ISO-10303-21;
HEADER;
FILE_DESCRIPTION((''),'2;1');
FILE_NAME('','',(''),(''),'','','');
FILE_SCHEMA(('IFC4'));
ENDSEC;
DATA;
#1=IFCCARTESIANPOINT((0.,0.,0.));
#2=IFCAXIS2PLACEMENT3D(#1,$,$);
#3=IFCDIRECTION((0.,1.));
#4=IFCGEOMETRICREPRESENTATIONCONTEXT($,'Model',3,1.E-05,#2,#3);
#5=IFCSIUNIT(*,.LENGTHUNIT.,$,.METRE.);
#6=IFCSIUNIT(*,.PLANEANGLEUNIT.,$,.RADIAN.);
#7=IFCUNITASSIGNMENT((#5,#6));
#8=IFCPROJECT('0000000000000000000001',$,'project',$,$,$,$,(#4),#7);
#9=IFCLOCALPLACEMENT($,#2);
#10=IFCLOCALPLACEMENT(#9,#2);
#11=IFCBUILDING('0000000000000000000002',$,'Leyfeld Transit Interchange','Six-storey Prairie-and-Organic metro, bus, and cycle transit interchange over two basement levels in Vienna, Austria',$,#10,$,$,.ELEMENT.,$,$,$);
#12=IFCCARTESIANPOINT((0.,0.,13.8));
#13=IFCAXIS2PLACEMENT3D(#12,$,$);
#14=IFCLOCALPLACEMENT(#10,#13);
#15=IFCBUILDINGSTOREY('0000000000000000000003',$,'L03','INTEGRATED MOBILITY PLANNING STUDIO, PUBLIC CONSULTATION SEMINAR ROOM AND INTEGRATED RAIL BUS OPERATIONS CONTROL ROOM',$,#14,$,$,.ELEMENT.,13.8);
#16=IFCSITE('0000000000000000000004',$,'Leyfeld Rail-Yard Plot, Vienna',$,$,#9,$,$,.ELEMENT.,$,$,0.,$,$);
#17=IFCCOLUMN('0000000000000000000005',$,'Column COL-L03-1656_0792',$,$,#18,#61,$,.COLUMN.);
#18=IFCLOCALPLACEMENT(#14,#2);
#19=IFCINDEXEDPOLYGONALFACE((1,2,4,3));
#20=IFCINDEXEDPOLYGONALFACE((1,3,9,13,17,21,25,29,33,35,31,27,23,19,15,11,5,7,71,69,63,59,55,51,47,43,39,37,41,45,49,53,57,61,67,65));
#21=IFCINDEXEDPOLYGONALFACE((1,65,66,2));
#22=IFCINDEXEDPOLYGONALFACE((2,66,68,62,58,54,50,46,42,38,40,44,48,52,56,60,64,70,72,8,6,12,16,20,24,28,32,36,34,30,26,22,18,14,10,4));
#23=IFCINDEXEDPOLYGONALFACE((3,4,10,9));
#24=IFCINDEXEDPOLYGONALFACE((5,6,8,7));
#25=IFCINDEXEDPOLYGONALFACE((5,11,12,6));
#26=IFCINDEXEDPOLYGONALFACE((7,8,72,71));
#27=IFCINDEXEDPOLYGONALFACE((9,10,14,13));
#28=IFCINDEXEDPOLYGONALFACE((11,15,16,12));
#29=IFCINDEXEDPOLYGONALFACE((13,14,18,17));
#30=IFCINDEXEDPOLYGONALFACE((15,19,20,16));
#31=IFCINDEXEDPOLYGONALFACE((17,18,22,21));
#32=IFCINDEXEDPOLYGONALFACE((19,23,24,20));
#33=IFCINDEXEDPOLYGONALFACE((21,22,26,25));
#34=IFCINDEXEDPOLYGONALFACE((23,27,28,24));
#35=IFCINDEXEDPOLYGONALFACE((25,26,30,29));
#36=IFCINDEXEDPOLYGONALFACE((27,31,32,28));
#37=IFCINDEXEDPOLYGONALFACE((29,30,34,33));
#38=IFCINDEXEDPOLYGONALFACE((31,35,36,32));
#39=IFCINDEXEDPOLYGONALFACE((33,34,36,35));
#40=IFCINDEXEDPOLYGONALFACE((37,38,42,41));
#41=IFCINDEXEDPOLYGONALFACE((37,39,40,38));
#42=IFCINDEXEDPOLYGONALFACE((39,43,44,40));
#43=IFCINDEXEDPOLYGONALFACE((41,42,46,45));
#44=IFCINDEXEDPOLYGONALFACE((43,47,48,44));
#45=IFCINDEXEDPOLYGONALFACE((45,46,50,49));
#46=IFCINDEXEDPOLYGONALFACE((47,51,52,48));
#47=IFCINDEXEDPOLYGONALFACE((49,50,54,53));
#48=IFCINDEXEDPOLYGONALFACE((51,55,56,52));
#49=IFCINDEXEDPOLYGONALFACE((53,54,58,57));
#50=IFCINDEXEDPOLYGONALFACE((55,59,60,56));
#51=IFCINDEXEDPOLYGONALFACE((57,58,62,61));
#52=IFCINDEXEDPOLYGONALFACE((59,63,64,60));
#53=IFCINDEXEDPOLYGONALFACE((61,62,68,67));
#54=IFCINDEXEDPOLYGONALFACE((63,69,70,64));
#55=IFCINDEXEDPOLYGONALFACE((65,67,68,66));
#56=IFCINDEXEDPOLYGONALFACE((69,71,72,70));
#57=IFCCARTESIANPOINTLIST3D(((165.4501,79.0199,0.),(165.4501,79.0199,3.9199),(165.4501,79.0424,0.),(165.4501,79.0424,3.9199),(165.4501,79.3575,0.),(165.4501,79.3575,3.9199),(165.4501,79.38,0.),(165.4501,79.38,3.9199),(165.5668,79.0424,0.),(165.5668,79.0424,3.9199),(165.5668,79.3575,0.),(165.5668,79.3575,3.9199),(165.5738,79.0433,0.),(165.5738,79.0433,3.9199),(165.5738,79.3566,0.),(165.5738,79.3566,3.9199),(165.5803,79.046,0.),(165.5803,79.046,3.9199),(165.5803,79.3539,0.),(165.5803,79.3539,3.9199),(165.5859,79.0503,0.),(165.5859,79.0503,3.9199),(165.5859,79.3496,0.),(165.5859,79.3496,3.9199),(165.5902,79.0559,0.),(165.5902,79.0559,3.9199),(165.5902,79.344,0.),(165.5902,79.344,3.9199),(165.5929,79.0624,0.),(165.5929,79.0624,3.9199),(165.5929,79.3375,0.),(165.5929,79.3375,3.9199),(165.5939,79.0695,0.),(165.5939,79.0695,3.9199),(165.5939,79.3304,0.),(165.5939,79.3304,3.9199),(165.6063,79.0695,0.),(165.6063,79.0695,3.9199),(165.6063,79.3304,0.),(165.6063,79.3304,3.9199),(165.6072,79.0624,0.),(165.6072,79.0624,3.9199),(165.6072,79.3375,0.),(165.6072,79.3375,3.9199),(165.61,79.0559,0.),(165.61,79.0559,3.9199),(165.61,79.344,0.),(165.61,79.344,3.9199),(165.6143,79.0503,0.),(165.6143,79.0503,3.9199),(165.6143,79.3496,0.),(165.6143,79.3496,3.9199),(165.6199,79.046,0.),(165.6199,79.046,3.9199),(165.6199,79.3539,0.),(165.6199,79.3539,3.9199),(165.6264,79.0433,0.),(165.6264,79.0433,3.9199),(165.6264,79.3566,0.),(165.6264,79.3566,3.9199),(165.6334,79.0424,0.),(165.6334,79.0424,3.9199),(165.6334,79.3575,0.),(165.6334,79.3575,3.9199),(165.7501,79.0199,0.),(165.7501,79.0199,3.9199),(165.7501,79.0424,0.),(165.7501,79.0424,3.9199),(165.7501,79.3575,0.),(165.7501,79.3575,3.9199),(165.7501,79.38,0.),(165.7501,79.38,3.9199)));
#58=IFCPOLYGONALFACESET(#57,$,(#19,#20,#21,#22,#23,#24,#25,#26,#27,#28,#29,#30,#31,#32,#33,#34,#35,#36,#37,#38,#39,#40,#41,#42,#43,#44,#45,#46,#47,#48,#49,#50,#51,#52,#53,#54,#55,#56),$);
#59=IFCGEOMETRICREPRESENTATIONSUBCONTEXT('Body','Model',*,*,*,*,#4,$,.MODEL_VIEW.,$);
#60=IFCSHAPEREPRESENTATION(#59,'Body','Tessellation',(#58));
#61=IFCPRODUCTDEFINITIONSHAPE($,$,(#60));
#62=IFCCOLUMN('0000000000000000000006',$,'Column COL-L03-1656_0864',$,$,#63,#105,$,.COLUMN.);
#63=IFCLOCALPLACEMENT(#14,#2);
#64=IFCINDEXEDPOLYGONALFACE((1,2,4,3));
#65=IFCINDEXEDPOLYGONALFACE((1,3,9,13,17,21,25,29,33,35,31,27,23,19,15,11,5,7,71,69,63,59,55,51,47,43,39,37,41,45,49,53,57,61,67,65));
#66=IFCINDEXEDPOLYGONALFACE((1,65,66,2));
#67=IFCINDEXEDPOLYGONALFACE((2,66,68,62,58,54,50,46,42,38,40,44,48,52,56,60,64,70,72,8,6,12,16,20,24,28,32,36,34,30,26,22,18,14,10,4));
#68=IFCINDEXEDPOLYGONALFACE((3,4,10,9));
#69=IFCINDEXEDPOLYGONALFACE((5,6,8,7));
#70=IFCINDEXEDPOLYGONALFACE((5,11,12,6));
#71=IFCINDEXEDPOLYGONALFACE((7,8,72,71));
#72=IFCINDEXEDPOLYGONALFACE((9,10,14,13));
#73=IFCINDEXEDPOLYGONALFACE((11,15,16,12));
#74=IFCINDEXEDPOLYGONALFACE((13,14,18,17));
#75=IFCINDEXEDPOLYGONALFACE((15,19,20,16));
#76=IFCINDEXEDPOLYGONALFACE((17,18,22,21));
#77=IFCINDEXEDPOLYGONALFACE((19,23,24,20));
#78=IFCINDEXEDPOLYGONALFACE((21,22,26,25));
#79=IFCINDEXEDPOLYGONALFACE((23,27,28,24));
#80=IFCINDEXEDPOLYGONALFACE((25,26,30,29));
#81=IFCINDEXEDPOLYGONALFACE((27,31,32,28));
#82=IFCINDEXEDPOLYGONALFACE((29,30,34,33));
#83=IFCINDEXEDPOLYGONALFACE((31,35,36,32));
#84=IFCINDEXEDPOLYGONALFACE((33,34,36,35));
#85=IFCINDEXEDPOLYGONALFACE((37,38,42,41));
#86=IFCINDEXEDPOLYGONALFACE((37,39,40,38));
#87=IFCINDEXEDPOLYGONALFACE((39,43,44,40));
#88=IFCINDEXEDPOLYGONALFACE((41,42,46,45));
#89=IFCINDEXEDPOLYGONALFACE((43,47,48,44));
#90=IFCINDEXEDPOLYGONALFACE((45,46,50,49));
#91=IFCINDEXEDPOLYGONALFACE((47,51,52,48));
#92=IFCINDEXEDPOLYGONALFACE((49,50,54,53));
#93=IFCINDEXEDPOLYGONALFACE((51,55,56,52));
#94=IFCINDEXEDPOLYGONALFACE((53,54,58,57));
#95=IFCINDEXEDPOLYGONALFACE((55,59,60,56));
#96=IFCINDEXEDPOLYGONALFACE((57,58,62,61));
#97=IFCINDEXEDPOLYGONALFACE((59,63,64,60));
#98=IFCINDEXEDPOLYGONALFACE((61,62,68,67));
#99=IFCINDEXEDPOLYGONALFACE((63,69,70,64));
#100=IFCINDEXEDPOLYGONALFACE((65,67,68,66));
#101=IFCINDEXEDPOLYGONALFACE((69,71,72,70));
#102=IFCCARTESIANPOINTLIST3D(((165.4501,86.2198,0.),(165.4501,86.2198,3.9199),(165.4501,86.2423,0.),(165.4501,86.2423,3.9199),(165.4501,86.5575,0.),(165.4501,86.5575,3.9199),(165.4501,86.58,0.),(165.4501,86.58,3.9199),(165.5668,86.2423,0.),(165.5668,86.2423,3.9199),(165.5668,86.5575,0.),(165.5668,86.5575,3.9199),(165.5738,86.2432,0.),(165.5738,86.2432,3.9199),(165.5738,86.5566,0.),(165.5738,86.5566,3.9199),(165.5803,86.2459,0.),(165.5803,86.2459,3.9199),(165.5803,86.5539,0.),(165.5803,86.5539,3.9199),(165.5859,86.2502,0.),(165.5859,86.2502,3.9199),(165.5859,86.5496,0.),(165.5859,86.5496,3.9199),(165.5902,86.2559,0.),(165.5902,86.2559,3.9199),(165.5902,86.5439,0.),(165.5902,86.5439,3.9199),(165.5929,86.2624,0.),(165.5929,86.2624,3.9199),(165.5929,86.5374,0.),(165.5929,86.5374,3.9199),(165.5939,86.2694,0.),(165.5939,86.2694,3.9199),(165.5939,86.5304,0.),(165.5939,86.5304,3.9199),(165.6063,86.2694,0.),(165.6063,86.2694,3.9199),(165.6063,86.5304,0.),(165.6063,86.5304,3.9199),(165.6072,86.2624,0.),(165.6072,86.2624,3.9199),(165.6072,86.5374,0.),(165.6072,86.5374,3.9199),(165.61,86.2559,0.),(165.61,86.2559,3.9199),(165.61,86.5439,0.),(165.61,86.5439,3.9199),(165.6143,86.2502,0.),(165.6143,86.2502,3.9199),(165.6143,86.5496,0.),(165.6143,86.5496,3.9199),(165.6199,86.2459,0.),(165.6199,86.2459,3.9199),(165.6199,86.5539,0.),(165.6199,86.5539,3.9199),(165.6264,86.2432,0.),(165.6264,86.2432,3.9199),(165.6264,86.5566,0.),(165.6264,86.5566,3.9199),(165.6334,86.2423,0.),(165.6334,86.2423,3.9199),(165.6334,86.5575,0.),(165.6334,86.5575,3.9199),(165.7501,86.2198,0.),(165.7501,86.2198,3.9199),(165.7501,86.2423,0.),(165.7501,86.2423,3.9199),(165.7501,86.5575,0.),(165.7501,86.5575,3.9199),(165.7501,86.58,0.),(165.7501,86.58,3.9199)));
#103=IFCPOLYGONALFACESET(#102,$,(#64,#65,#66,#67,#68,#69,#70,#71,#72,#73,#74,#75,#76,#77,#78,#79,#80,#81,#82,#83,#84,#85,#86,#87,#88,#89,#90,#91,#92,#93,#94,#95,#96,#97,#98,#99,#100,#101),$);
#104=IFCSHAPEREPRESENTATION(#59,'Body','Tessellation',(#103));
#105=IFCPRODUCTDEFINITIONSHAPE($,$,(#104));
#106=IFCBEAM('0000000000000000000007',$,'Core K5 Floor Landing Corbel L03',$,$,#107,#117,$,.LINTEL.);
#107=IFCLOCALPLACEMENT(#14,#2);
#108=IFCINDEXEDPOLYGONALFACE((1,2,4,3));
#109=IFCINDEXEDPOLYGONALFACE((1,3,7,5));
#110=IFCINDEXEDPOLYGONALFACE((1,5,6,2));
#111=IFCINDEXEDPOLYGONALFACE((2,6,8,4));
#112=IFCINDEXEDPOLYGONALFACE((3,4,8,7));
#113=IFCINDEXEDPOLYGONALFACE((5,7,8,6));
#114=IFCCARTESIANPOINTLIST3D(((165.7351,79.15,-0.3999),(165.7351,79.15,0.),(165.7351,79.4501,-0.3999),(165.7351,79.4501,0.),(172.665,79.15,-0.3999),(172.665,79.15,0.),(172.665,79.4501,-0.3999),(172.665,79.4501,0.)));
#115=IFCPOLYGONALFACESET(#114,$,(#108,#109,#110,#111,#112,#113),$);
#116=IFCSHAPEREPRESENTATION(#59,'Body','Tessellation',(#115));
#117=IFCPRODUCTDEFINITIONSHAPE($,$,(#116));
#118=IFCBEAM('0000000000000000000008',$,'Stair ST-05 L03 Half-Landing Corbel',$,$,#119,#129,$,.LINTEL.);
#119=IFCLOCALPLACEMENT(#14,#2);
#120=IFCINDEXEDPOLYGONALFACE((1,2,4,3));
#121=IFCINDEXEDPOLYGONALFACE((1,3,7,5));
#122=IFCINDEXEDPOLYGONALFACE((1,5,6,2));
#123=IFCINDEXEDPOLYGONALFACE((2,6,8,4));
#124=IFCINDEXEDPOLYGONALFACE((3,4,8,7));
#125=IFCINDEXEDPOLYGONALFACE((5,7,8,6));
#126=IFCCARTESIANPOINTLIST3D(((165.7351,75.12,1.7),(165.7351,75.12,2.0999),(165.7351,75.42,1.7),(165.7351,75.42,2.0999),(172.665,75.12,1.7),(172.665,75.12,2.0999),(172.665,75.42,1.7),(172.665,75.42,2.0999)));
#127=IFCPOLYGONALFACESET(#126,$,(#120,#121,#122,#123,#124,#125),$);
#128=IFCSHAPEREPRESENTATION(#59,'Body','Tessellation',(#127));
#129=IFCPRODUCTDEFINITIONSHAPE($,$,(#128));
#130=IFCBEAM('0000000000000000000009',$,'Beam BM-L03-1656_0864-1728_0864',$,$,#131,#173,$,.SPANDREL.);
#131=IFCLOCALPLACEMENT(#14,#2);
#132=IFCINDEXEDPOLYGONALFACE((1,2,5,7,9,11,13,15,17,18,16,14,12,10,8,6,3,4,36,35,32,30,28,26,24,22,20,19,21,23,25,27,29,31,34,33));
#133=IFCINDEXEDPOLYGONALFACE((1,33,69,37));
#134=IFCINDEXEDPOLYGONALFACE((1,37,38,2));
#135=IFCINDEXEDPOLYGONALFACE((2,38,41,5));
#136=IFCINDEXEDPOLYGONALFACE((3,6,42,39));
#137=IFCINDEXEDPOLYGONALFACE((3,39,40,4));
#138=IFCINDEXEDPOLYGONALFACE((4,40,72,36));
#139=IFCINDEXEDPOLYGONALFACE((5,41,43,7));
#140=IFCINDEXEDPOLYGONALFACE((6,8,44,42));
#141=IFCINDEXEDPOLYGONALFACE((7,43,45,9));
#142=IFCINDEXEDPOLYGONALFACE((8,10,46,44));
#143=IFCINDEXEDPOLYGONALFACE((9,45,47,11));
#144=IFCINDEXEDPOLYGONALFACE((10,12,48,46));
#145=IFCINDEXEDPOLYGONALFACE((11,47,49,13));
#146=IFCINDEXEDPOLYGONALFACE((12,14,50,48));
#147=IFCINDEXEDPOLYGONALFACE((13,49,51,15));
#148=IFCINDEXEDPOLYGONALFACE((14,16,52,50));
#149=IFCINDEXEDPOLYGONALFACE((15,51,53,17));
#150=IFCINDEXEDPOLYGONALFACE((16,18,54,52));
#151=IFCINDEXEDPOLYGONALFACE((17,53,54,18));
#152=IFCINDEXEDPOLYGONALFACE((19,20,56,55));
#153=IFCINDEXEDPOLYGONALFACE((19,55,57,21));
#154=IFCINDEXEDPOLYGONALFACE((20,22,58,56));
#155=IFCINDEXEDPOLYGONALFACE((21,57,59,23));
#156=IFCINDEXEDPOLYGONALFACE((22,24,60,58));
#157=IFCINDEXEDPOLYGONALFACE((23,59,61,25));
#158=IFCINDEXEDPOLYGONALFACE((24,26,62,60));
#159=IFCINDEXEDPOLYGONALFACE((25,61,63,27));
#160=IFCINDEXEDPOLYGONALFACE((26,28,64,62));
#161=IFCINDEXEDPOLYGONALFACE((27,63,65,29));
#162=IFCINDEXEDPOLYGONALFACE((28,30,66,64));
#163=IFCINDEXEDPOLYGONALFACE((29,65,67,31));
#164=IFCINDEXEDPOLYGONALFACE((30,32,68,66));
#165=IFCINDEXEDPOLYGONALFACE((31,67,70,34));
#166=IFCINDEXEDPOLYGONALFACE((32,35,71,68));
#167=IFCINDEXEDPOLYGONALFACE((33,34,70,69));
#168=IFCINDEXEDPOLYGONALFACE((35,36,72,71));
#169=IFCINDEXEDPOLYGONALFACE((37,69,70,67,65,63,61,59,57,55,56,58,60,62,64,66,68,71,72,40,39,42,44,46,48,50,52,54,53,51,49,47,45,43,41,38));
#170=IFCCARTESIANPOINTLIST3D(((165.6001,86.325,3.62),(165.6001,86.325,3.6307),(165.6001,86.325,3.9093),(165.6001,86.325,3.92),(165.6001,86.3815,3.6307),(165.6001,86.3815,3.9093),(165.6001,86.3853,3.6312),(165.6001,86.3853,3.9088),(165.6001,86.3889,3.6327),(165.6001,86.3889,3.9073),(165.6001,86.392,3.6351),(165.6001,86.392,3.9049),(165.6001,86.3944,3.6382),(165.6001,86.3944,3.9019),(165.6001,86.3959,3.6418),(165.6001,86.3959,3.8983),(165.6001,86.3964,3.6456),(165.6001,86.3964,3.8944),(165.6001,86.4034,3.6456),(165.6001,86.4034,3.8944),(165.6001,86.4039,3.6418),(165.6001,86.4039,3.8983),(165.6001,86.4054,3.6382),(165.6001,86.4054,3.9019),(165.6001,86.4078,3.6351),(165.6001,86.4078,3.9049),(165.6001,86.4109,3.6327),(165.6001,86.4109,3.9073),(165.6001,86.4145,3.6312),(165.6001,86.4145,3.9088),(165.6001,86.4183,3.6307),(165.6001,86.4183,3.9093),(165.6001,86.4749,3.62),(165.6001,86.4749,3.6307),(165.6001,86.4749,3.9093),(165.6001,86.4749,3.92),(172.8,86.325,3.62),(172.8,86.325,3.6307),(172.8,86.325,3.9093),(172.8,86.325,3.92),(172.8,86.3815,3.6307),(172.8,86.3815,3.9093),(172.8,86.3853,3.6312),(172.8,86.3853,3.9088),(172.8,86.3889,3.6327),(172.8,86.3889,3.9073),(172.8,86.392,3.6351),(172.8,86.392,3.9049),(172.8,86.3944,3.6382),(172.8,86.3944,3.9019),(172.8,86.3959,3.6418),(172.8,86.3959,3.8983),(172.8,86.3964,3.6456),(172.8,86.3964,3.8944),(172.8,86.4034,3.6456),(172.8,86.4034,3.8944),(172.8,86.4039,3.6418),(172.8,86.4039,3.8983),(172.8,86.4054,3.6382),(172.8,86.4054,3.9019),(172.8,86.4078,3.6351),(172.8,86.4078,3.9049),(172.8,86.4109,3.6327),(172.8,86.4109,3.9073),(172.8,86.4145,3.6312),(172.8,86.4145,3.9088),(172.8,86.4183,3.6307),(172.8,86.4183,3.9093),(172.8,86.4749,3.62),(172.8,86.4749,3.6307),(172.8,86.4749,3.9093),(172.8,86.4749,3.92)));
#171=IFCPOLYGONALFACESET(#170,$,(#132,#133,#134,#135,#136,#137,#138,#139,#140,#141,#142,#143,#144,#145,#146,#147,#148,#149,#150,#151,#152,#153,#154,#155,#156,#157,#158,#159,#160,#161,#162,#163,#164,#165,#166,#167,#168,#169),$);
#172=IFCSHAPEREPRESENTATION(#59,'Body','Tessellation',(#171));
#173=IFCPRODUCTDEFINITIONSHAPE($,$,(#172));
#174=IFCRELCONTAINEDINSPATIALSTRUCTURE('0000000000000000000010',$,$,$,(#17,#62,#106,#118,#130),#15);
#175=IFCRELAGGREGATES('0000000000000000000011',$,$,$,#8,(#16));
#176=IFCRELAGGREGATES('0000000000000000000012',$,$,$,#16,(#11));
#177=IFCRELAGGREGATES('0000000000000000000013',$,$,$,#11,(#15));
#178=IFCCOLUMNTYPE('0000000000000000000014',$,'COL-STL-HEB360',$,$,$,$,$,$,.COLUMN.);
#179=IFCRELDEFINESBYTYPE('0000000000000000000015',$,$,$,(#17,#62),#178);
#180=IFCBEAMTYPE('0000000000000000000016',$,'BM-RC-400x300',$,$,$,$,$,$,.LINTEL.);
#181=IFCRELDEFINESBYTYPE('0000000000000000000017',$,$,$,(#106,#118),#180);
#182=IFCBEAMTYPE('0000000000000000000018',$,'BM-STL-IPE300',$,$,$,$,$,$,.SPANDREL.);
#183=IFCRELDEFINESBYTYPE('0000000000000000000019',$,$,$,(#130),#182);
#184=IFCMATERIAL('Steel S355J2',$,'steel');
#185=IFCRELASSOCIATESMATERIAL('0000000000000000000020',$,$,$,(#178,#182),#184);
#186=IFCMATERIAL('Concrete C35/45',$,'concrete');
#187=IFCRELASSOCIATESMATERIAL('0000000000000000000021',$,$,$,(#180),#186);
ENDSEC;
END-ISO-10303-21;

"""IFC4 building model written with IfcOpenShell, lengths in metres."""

from ifc_helpers import new_model, si_unit, direction, frame, origin, origin_2d, place, context, subcontext, project, spatial, rectangle, i_section, extrude, material, material_profile, profile_set, type_object, element, save


model = new_model("IFC4")

# Units and contexts
model_context = context("Model", 3, precision=1e-05, world=origin(), true_north=direction((0.0, 1.0)))
body_context = subcontext(model_context, "Body", "Model", "MODEL_VIEW")
ifc_project = project(units=[si_unit("LENGTHUNIT", "METRE"), si_unit("PLANEANGLEUNIT", "RADIAN")], contexts=[model_context])

# Site, building, storey
site_placement = place(None, origin())
site = spatial("IfcSite", under=ifc_project, at=site_placement, Name="Leyfeld Rail-Yard Plot, Vienna", CompositionType="ELEMENT", RefElevation=0.0)
building_placement = place(site_placement, origin())
building = spatial("IfcBuilding", under=site, at=building_placement, Name="Leyfeld Transit Interchange", Description="Six-storey Prairie-and-Organic metro, bus, and cycle transit interchange over two basement levels in Vienna, Austria", CompositionType="ELEMENT")
storey_placement = place(building_placement, frame((0.0, 0.0, 13.8)))
storey = spatial("IfcBuildingStorey", under=building, at=storey_placement, Name="L03", Description="INTEGRATED MOBILITY PLANNING STUDIO, PUBLIC CONSULTATION SEMINAR ROOM AND INTEGRATED RAIL BUS OPERATIONS CONTROL ROOM", CompositionType="ELEMENT", Elevation=13.8)

# Columns
ifc_material_1 = material(Name="Steel S355J2", Category="steel")
ifc_material_profile_1 = material_profile(ifc_material_1, i_section(OverallWidth=0.3, OverallDepth=0.3601, WebThickness=0.0125, FlangeThickness=0.0225, FilletRadius=0.0271, at=origin_2d()), Name="HEB 360")
ifc_profile_set_1 = profile_set([ifc_material_profile_1], Name="Steel S355J2")
column_type = type_object("IfcColumnType", Name="COL-STL-HEB360", PredefinedType="COLUMN", material=ifc_profile_set_1)
for number, where, z_axis, x_axis, name in (
    (1, (165.6001, 79.2, 0.0), (0.0, 0.0, 1.0), (1.0, 0.0, 0.0), "Column COL-L03-1656_0792"),
    (2, (165.6001, 86.3999, 0.0), (0.0, 0.0, 1.0), (1.0, 0.0, 0.0), "Column COL-L03-1656_0864"),
):
    element("IfcColumn", number, at=place(storey_placement, frame(where, z_axis=z_axis, x_axis=x_axis)), inside=storey, type_object=column_type, Name=name, PredefinedType="COLUMN", context=body_context, shape_type="SweptSolid", body=[
        extrude(i_section(OverallWidth=0.3, OverallDepth=0.3601, WebThickness=0.0125, FlangeThickness=0.0225, FilletRadius=0.0271, at=origin_2d()), origin(), (0.0, 0.0, 1.0), 3.9199),
    ])

# Beams
ifc_material_2 = material(Name="Concrete C35/45", Category="concrete")
ifc_material_profile_2 = material_profile(ifc_material_2, rectangle(XDim=0.3, YDim=0.3999, at=origin_2d()), Name="RC 400x300")
ifc_profile_set_2 = profile_set([ifc_material_profile_2], Name="Concrete C35/45")
beam_type_1 = type_object("IfcBeamType", Name="BM-RC-400x300", PredefinedType="LINTEL", material=ifc_profile_set_2)
for number, where, z_axis, x_axis, name in (
    (3, (165.7351, 79.3, -0.2), (1.0, 0.0, 0.0), (0.0, 1.0, 0.0), "Core K5 Floor Landing Corbel L03"),
    (4, (165.7351, 75.27, 1.8999), (1.0, 0.0, 0.0), (0.0, 1.0, 0.0), "Stair ST-05 L03 Half-Landing Corbel"),
):
    element("IfcBeam", number, at=place(storey_placement, frame(where, z_axis=z_axis, x_axis=x_axis)), inside=storey, type_object=beam_type_1, Name=name, PredefinedType="LINTEL", context=body_context, shape_type="SweptSolid", body=[
        extrude(rectangle(XDim=0.3, YDim=0.3999, at=origin_2d()), origin(), (0.0, 0.0, 1.0), 6.9299),
    ])
ifc_material_profile_3 = material_profile(ifc_material_1, i_section(OverallWidth=0.1499, OverallDepth=0.3, WebThickness=0.0071, FlangeThickness=0.0107, FilletRadius=0.0149, at=origin_2d()), Name="IPE 300")
ifc_profile_set_3 = profile_set([ifc_material_profile_3], Name="Steel S355J2")
beam_type_2 = type_object("IfcBeamType", Name="BM-STL-IPE300", PredefinedType="SPANDREL", material=ifc_profile_set_3)
beam_1_placement = place(storey_placement, frame((165.6001, 86.3999, 3.77), z_axis=(1.0, 0.0, 0.0), x_axis=(0.0, 1.0, 0.0)))
element("IfcBeam", 5, at=beam_1_placement, inside=storey, type_object=beam_type_2, Name="Beam BM-L03-1656_0864-1728_0864", PredefinedType="SPANDREL", context=body_context, shape_type="SweptSolid", body=[
    extrude(i_section(OverallWidth=0.1499, OverallDepth=0.3, WebThickness=0.0071, FlangeThickness=0.0107, FilletRadius=0.0149, at=origin_2d()), origin(), (0.0, 0.0, 1.0), 7.2),
])

save(model, "model.ifc")
